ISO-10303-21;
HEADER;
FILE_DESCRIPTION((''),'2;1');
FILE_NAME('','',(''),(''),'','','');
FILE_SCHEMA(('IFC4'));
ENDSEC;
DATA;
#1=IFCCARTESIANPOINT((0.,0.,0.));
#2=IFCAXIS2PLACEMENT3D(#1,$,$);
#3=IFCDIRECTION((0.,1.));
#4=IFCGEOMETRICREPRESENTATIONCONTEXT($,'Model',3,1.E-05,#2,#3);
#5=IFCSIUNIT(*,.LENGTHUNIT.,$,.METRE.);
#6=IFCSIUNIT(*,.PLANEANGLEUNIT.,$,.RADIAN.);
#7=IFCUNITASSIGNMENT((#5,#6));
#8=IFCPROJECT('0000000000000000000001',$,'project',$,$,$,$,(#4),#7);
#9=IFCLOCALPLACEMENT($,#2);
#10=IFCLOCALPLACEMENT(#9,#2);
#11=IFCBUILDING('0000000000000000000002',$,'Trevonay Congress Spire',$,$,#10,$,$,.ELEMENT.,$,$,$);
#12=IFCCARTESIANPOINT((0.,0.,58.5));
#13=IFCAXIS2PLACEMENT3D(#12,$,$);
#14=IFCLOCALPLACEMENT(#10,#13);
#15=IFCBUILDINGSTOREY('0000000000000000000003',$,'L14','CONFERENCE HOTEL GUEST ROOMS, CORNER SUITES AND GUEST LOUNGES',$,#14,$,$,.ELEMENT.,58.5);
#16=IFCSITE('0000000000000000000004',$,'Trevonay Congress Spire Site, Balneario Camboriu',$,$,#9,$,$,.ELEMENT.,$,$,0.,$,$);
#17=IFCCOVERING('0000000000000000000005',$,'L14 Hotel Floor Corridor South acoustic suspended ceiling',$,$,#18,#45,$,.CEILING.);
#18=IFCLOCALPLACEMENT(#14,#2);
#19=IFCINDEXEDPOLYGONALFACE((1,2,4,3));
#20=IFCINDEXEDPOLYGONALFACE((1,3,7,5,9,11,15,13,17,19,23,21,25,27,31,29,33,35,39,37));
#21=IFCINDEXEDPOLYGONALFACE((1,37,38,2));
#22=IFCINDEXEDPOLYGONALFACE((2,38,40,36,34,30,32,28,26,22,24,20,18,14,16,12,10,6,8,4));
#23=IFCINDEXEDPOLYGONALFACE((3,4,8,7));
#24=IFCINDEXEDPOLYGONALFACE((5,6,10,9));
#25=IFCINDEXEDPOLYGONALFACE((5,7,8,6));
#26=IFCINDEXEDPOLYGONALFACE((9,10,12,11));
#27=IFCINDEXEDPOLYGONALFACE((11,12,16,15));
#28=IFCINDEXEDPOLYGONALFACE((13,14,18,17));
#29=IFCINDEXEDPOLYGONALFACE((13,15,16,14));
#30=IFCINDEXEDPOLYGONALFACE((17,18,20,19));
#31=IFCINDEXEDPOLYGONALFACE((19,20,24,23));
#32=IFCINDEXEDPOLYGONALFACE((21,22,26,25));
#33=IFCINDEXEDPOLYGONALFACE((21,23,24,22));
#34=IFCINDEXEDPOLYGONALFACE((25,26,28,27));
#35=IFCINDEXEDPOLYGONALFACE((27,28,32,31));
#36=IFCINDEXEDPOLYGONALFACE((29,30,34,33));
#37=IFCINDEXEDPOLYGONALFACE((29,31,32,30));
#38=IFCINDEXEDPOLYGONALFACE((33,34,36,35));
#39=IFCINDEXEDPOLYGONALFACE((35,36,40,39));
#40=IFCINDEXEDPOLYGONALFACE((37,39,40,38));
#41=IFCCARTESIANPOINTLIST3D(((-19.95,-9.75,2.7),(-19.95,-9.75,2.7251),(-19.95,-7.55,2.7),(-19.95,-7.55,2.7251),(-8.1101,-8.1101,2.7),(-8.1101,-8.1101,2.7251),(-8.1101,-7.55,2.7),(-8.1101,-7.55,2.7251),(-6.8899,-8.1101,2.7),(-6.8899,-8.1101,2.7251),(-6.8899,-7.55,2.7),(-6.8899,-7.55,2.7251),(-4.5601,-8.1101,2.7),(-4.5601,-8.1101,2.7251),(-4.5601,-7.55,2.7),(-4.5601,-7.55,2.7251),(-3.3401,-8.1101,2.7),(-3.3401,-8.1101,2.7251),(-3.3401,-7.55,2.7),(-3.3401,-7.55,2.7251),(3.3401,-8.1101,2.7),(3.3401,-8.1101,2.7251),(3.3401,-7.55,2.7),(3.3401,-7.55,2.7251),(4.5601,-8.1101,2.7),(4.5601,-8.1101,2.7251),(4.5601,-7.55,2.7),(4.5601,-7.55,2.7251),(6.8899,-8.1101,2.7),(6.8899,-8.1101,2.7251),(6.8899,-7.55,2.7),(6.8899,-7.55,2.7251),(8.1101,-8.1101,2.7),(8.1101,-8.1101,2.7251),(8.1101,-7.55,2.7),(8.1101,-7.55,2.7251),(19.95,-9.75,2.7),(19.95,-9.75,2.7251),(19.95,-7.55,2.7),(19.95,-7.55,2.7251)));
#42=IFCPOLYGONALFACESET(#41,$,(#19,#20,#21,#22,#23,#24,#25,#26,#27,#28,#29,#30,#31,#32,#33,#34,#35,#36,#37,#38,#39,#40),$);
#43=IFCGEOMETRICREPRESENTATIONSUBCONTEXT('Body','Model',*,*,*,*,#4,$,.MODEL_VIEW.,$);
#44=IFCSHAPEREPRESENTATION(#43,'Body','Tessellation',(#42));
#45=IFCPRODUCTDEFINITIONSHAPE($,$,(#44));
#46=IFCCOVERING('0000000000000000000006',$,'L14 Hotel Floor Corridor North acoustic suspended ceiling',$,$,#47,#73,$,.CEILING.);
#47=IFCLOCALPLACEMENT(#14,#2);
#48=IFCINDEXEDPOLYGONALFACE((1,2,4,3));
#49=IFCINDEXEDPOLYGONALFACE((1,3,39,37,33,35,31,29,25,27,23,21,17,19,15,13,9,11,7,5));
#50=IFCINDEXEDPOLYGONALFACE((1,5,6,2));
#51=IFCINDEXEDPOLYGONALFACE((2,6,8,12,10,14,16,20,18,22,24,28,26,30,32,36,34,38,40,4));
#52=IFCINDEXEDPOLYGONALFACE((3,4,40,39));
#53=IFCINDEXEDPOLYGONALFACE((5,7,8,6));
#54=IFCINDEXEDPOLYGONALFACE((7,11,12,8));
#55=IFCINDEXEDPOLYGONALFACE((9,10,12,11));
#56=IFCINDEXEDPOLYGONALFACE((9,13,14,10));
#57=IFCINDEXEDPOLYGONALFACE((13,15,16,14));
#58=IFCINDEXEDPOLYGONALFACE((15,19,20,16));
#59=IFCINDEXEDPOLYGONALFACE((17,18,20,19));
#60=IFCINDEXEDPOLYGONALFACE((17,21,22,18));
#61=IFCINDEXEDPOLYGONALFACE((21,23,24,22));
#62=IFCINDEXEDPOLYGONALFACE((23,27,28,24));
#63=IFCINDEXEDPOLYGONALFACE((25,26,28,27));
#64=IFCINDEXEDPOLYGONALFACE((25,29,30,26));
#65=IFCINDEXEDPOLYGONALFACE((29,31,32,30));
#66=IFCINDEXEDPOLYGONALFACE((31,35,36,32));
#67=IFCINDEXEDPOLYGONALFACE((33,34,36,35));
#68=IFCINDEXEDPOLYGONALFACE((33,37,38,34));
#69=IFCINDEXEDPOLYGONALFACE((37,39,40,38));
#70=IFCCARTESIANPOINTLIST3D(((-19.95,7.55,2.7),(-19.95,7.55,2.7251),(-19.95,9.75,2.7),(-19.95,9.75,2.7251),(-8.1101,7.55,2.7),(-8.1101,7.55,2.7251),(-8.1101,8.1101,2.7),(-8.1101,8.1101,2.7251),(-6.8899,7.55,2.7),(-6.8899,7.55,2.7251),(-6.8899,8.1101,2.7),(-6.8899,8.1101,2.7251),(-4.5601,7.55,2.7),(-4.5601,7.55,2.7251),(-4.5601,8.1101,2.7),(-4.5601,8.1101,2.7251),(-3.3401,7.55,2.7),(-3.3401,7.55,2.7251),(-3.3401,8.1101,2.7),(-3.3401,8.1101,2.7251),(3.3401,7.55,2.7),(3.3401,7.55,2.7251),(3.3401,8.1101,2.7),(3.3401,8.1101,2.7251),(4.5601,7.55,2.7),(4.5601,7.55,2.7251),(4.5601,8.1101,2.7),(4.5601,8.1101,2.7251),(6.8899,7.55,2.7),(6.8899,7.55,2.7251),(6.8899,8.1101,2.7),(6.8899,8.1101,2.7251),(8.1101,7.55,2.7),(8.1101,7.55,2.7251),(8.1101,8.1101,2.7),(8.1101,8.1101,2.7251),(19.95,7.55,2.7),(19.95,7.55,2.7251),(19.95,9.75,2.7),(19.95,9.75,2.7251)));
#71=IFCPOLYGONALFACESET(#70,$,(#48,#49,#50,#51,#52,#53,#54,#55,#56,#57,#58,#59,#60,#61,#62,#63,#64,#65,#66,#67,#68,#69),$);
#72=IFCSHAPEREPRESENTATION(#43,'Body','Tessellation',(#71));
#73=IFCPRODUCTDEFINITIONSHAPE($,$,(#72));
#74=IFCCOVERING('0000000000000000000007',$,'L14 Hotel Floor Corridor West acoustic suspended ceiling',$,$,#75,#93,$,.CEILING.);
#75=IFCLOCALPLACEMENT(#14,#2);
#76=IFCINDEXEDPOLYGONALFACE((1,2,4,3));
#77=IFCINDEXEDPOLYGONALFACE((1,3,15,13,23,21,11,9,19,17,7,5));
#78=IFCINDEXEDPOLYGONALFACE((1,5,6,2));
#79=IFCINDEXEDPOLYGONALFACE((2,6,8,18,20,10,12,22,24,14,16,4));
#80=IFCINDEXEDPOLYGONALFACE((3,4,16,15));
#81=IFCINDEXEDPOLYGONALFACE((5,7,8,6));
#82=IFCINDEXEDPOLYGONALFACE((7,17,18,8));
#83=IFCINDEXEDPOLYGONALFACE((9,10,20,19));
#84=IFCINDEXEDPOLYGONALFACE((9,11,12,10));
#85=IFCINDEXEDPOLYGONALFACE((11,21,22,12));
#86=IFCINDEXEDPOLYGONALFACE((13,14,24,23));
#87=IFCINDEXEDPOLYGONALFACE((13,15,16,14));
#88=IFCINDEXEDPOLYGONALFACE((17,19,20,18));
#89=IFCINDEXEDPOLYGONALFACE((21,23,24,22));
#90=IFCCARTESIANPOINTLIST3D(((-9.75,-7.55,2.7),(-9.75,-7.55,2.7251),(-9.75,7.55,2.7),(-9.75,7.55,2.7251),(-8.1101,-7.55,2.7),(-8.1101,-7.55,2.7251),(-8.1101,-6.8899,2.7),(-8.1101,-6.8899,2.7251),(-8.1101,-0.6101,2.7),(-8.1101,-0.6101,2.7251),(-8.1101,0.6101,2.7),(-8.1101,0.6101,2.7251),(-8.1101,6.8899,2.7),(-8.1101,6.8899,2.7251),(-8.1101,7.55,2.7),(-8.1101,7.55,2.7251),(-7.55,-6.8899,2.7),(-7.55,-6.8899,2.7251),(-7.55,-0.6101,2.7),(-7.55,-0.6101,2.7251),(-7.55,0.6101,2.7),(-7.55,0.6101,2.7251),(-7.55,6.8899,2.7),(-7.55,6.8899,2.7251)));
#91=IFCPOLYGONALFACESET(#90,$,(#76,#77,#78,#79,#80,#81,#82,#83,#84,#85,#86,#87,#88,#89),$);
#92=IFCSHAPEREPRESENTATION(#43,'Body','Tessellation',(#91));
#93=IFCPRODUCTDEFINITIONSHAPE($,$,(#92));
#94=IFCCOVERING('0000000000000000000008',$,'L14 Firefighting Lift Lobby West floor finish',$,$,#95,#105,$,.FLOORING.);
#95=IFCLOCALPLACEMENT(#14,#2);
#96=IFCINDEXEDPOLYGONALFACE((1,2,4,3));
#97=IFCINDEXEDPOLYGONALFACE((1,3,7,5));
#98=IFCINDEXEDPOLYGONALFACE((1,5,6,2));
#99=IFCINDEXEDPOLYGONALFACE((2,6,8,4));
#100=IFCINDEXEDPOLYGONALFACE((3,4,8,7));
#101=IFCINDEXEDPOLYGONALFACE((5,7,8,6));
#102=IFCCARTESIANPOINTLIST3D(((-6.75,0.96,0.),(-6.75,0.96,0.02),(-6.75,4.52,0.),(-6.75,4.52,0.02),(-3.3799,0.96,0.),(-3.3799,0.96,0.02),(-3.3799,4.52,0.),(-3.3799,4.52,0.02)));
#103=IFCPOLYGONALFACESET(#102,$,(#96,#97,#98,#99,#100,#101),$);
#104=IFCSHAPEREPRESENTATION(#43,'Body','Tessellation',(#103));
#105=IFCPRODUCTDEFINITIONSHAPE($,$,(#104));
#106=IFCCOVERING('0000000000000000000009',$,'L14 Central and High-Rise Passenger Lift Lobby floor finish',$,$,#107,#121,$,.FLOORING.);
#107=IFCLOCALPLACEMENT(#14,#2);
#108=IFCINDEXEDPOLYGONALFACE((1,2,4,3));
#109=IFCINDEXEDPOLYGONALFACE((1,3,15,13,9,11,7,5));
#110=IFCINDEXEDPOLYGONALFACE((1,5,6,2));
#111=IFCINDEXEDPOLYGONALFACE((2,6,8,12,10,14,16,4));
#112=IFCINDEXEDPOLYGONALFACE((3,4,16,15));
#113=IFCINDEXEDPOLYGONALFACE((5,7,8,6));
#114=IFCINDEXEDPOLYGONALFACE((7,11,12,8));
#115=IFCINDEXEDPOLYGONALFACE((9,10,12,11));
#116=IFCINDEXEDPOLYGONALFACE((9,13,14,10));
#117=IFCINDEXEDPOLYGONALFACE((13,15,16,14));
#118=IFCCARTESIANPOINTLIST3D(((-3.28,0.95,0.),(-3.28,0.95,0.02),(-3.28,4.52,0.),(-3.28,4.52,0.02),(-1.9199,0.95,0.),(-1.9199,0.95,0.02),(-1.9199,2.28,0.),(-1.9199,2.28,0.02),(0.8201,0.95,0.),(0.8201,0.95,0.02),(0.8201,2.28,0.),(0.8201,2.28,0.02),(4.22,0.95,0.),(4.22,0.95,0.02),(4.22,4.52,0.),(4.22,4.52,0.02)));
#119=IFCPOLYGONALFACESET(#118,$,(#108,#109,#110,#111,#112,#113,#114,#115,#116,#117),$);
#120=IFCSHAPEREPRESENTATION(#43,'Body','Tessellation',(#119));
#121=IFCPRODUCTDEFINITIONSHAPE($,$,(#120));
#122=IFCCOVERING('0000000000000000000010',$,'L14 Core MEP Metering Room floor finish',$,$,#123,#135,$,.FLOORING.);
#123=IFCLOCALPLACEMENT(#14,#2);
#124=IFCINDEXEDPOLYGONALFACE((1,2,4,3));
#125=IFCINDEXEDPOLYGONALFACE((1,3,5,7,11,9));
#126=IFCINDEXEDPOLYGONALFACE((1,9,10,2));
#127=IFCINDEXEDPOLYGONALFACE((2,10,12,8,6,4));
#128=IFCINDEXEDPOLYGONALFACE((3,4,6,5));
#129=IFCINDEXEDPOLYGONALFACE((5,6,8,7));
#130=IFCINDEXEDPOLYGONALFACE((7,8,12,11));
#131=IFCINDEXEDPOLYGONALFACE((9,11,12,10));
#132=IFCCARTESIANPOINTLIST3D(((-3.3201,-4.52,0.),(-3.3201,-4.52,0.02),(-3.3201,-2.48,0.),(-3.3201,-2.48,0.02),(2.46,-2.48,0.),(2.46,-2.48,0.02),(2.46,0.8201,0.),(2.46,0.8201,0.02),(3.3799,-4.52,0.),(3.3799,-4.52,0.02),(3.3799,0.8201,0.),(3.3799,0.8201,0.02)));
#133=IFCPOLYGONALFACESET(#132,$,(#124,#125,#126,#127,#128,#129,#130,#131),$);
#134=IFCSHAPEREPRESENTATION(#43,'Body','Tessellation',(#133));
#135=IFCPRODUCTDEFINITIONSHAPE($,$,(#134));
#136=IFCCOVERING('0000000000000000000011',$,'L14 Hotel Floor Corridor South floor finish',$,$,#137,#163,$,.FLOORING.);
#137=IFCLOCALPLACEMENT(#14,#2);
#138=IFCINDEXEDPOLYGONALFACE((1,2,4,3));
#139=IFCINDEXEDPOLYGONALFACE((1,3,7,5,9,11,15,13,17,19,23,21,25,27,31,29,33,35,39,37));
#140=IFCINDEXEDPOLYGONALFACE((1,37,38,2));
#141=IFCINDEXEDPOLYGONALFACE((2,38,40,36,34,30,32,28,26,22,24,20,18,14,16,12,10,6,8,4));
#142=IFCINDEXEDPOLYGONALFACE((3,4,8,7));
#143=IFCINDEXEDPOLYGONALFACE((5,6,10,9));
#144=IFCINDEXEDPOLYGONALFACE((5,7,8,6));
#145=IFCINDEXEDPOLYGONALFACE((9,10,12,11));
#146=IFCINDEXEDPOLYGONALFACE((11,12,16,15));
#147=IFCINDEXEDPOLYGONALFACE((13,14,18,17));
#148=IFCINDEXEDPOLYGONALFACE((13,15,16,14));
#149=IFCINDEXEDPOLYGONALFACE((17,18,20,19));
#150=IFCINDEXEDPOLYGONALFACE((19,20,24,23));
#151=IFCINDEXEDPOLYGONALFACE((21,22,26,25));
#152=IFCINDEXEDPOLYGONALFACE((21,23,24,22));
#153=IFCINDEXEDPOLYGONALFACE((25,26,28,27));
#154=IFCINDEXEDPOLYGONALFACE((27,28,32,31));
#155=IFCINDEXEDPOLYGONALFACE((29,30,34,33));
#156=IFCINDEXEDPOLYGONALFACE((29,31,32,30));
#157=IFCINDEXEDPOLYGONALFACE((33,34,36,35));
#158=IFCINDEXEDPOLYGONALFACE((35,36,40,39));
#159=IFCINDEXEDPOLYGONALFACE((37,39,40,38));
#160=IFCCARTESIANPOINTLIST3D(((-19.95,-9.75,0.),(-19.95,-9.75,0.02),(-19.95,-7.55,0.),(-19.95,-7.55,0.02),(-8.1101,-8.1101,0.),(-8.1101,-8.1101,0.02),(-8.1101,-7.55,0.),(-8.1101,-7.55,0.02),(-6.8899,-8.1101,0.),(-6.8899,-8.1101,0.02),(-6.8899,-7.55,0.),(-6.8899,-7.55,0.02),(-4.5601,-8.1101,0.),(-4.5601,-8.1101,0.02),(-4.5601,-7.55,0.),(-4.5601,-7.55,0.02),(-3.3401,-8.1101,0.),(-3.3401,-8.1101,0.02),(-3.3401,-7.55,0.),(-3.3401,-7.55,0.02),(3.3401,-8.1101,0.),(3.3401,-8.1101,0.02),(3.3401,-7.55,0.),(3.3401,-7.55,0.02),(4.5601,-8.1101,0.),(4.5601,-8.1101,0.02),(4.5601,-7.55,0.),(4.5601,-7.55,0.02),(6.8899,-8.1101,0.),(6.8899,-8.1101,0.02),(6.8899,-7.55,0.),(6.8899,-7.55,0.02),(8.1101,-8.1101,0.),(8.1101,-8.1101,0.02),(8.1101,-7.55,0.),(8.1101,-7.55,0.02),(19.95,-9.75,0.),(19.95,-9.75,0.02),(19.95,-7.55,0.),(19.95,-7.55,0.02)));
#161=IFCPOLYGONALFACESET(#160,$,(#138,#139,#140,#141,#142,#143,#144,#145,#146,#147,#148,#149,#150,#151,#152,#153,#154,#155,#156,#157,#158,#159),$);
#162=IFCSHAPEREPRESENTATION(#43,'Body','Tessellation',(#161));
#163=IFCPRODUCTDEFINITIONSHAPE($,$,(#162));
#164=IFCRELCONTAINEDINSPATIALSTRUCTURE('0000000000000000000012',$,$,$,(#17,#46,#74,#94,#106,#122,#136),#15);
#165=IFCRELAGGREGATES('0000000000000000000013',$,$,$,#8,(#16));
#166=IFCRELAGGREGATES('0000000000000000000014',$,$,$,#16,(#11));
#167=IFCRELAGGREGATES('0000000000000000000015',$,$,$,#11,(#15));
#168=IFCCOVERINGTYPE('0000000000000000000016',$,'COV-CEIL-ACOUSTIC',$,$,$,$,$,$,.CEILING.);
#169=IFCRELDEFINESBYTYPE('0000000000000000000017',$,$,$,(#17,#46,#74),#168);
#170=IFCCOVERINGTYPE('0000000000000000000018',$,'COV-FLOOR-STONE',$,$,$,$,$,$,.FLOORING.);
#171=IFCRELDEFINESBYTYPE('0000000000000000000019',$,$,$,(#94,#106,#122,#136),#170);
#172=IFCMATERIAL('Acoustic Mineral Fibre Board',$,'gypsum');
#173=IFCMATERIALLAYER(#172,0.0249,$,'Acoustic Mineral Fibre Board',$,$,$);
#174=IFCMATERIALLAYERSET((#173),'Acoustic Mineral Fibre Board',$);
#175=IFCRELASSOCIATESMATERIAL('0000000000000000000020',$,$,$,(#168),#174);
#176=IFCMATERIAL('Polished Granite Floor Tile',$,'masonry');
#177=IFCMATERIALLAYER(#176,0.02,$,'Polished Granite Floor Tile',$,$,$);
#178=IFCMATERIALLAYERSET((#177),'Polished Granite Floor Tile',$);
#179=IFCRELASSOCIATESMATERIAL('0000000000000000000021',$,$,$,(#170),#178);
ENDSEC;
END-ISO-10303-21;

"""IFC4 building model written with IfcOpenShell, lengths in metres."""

from ifc_helpers import new_model, si_unit, direction, frame, origin, place, context, subcontext, project, spatial, polyline, outline, extrude, material, layer, layer_set, type_object, element, save


model = new_model("IFC4")

# Units and contexts
model_context = context("Model", 3, precision=1e-05, world=origin(), true_north=direction((0.0, 1.0)))
body_context = subcontext(model_context, "Body", "Model", "MODEL_VIEW")
ifc_project = project(units=[si_unit("LENGTHUNIT", "METRE"), si_unit("PLANEANGLEUNIT", "RADIAN")], contexts=[model_context])

# Site, building, storey
site_placement = place(None, origin())
site = spatial("IfcSite", under=ifc_project, at=site_placement, Name="Trevonay Congress Spire Site, Balneario Camboriu", CompositionType="ELEMENT", RefElevation=0.0)
building_placement = place(site_placement, origin())
building = spatial("IfcBuilding", under=site, at=building_placement, Name="Trevonay Congress Spire", CompositionType="ELEMENT")
storey_placement = place(building_placement, frame((0.0, 0.0, 58.5)))
storey = spatial("IfcBuildingStorey", under=building, at=storey_placement, Name="L14", Description="CONFERENCE HOTEL GUEST ROOMS, CORNER SUITES AND GUEST LOUNGES", CompositionType="ELEMENT", Elevation=58.5)

# Coverings
ifc_material_1 = material(Name="Acoustic Mineral Fibre Board", Category="gypsum")
ifc_layer_1 = layer(ifc_material_1, 0.0249, Name="Acoustic Mineral Fibre Board")
ifc_layer_set_1 = layer_set([ifc_layer_1], Name="Acoustic Mineral Fibre Board")
covering_type_1 = type_object("IfcCoveringType", Name="COV-CEIL-ACOUSTIC", PredefinedType="CEILING", material=ifc_layer_set_1)
covering_1_placement = place(storey_placement, frame((0.0, 0.0, 2.7)))
element("IfcCovering", 1, at=covering_1_placement, inside=storey, type_object=covering_type_1, Name="L14 Hotel Floor Corridor South acoustic suspended ceiling", PredefinedType="CEILING", context=body_context, shape_type="SweptSolid", body=[
    extrude(outline(polyline([(19.95, -7.55), (19.95, -9.75), (-19.95, -9.75), (-19.95, -7.55), (-8.1101, -7.55), (-8.1101, -8.1101), (-6.8899, -8.1101), (-6.8899, -7.55), (-4.5601, -7.55), (-4.5601, -8.1101), (-3.3401, -8.1101), (-3.3401, -7.55), (3.3401, -7.55), (3.3401, -8.1101), (4.5601, -8.1101), (4.5601, -7.55), (6.8899, -7.55), (6.8899, -8.1101), (8.1101, -8.1101), (8.1101, -7.55), (19.95, -7.55)])), origin(), (0.0, 0.0, 1.0), 0.0251),
])
covering_2_placement = place(storey_placement, frame((0.0, 0.0, 2.7)))
element("IfcCovering", 2, at=covering_2_placement, inside=storey, type_object=covering_type_1, Name="L14 Hotel Floor Corridor North acoustic suspended ceiling", PredefinedType="CEILING", context=body_context, shape_type="SweptSolid", body=[
    extrude(outline(polyline([(-19.95, 7.55), (-19.95, 9.75), (19.95, 9.75), (19.95, 7.55), (8.1101, 7.55), (8.1101, 8.1101), (6.8899, 8.1101), (6.8899, 7.55), (4.5601, 7.55), (4.5601, 8.1101), (3.3401, 8.1101), (3.3401, 7.55), (-3.3401, 7.55), (-3.3401, 8.1101), (-4.5601, 8.1101), (-4.5601, 7.55), (-6.8899, 7.55), (-6.8899, 8.1101), (-8.1101, 8.1101), (-8.1101, 7.55), (-19.95, 7.55)])), origin(), (0.0, 0.0, 1.0), 0.0251),
])
covering_3_placement = place(storey_placement, frame((0.0, 0.0, 2.7)))
element("IfcCovering", 3, at=covering_3_placement, inside=storey, type_object=covering_type_1, Name="L14 Hotel Floor Corridor West acoustic suspended ceiling", PredefinedType="CEILING", context=body_context, shape_type="SweptSolid", body=[
    extrude(outline(polyline([(-9.75, 7.55), (-8.1101, 7.55), (-8.1101, 6.8899), (-7.55, 6.8899), (-7.55, 0.6101), (-8.1101, 0.6101), (-8.1101, -0.6101), (-7.55, -0.6101), (-7.55, -6.8899), (-8.1101, -6.8899), (-8.1101, -7.55), (-9.75, -7.55), (-9.75, 7.55)])), origin(), (0.0, 0.0, 1.0), 0.0251),
])
ifc_material_2 = material(Name="Polished Granite Floor Tile", Category="masonry")
ifc_layer_2 = layer(ifc_material_2, 0.02, Name="Polished Granite Floor Tile")
ifc_layer_set_2 = layer_set([ifc_layer_2], Name="Polished Granite Floor Tile")
covering_type_2 = type_object("IfcCoveringType", Name="COV-FLOOR-STONE", PredefinedType="FLOORING", material=ifc_layer_set_2)
covering_4_placement = place(storey_placement, origin())
element("IfcCovering", 4, at=covering_4_placement, inside=storey, type_object=covering_type_2, Name="L14 Firefighting Lift Lobby West floor finish", PredefinedType="FLOORING", context=body_context, shape_type="SweptSolid", body=[
    extrude(outline(polyline([(-6.75, 0.96), (-3.3799, 0.96), (-3.3799, 4.52), (-6.75, 4.52), (-6.75, 0.96)])), origin(), (0.0, 0.0, 1.0), 0.02),
])
covering_5_placement = place(storey_placement, origin())
element("IfcCovering", 5, at=covering_5_placement, inside=storey, type_object=covering_type_2, Name="L14 Central and High-Rise Passenger Lift Lobby floor finish", PredefinedType="FLOORING", context=body_context, shape_type="SweptSolid", body=[
    extrude(outline(polyline([(-3.28, 0.95), (-1.9199, 0.95), (-1.9199, 2.28), (0.8201, 2.28), (0.8201, 0.95), (4.22, 0.95), (4.22, 4.52), (-3.28, 4.52), (-3.28, 0.95)])), origin(), (0.0, 0.0, 1.0), 0.02),
])
covering_6_placement = place(storey_placement, origin())
element("IfcCovering", 6, at=covering_6_placement, inside=storey, type_object=covering_type_2, Name="L14 Core MEP Metering Room floor finish", PredefinedType="FLOORING", context=body_context, shape_type="SweptSolid", body=[
    extrude(outline(polyline([(-3.3201, -4.52), (3.3799, -4.52), (3.3799, 0.8201), (2.46, 0.8201), (2.46, -2.48), (-3.3201, -2.48), (-3.3201, -4.52)])), origin(), (0.0, 0.0, 1.0), 0.02),
])
covering_7_placement = place(storey_placement, origin())
element("IfcCovering", 7, at=covering_7_placement, inside=storey, type_object=covering_type_2, Name="L14 Hotel Floor Corridor South floor finish", PredefinedType="FLOORING", context=body_context, shape_type="SweptSolid", body=[
    extrude(outline(polyline([(19.95, -7.55), (19.95, -9.75), (-19.95, -9.75), (-19.95, -7.55), (-8.1101, -7.55), (-8.1101, -8.1101), (-6.8899, -8.1101), (-6.8899, -7.55), (-4.5601, -7.55), (-4.5601, -8.1101), (-3.3401, -8.1101), (-3.3401, -7.55), (3.3401, -7.55), (3.3401, -8.1101), (4.5601, -8.1101), (4.5601, -7.55), (6.8899, -7.55), (6.8899, -8.1101), (8.1101, -8.1101), (8.1101, -7.55), (19.95, -7.55)])), origin(), (0.0, 0.0, 1.0), 0.02),
])

save(model, "model.ifc")
